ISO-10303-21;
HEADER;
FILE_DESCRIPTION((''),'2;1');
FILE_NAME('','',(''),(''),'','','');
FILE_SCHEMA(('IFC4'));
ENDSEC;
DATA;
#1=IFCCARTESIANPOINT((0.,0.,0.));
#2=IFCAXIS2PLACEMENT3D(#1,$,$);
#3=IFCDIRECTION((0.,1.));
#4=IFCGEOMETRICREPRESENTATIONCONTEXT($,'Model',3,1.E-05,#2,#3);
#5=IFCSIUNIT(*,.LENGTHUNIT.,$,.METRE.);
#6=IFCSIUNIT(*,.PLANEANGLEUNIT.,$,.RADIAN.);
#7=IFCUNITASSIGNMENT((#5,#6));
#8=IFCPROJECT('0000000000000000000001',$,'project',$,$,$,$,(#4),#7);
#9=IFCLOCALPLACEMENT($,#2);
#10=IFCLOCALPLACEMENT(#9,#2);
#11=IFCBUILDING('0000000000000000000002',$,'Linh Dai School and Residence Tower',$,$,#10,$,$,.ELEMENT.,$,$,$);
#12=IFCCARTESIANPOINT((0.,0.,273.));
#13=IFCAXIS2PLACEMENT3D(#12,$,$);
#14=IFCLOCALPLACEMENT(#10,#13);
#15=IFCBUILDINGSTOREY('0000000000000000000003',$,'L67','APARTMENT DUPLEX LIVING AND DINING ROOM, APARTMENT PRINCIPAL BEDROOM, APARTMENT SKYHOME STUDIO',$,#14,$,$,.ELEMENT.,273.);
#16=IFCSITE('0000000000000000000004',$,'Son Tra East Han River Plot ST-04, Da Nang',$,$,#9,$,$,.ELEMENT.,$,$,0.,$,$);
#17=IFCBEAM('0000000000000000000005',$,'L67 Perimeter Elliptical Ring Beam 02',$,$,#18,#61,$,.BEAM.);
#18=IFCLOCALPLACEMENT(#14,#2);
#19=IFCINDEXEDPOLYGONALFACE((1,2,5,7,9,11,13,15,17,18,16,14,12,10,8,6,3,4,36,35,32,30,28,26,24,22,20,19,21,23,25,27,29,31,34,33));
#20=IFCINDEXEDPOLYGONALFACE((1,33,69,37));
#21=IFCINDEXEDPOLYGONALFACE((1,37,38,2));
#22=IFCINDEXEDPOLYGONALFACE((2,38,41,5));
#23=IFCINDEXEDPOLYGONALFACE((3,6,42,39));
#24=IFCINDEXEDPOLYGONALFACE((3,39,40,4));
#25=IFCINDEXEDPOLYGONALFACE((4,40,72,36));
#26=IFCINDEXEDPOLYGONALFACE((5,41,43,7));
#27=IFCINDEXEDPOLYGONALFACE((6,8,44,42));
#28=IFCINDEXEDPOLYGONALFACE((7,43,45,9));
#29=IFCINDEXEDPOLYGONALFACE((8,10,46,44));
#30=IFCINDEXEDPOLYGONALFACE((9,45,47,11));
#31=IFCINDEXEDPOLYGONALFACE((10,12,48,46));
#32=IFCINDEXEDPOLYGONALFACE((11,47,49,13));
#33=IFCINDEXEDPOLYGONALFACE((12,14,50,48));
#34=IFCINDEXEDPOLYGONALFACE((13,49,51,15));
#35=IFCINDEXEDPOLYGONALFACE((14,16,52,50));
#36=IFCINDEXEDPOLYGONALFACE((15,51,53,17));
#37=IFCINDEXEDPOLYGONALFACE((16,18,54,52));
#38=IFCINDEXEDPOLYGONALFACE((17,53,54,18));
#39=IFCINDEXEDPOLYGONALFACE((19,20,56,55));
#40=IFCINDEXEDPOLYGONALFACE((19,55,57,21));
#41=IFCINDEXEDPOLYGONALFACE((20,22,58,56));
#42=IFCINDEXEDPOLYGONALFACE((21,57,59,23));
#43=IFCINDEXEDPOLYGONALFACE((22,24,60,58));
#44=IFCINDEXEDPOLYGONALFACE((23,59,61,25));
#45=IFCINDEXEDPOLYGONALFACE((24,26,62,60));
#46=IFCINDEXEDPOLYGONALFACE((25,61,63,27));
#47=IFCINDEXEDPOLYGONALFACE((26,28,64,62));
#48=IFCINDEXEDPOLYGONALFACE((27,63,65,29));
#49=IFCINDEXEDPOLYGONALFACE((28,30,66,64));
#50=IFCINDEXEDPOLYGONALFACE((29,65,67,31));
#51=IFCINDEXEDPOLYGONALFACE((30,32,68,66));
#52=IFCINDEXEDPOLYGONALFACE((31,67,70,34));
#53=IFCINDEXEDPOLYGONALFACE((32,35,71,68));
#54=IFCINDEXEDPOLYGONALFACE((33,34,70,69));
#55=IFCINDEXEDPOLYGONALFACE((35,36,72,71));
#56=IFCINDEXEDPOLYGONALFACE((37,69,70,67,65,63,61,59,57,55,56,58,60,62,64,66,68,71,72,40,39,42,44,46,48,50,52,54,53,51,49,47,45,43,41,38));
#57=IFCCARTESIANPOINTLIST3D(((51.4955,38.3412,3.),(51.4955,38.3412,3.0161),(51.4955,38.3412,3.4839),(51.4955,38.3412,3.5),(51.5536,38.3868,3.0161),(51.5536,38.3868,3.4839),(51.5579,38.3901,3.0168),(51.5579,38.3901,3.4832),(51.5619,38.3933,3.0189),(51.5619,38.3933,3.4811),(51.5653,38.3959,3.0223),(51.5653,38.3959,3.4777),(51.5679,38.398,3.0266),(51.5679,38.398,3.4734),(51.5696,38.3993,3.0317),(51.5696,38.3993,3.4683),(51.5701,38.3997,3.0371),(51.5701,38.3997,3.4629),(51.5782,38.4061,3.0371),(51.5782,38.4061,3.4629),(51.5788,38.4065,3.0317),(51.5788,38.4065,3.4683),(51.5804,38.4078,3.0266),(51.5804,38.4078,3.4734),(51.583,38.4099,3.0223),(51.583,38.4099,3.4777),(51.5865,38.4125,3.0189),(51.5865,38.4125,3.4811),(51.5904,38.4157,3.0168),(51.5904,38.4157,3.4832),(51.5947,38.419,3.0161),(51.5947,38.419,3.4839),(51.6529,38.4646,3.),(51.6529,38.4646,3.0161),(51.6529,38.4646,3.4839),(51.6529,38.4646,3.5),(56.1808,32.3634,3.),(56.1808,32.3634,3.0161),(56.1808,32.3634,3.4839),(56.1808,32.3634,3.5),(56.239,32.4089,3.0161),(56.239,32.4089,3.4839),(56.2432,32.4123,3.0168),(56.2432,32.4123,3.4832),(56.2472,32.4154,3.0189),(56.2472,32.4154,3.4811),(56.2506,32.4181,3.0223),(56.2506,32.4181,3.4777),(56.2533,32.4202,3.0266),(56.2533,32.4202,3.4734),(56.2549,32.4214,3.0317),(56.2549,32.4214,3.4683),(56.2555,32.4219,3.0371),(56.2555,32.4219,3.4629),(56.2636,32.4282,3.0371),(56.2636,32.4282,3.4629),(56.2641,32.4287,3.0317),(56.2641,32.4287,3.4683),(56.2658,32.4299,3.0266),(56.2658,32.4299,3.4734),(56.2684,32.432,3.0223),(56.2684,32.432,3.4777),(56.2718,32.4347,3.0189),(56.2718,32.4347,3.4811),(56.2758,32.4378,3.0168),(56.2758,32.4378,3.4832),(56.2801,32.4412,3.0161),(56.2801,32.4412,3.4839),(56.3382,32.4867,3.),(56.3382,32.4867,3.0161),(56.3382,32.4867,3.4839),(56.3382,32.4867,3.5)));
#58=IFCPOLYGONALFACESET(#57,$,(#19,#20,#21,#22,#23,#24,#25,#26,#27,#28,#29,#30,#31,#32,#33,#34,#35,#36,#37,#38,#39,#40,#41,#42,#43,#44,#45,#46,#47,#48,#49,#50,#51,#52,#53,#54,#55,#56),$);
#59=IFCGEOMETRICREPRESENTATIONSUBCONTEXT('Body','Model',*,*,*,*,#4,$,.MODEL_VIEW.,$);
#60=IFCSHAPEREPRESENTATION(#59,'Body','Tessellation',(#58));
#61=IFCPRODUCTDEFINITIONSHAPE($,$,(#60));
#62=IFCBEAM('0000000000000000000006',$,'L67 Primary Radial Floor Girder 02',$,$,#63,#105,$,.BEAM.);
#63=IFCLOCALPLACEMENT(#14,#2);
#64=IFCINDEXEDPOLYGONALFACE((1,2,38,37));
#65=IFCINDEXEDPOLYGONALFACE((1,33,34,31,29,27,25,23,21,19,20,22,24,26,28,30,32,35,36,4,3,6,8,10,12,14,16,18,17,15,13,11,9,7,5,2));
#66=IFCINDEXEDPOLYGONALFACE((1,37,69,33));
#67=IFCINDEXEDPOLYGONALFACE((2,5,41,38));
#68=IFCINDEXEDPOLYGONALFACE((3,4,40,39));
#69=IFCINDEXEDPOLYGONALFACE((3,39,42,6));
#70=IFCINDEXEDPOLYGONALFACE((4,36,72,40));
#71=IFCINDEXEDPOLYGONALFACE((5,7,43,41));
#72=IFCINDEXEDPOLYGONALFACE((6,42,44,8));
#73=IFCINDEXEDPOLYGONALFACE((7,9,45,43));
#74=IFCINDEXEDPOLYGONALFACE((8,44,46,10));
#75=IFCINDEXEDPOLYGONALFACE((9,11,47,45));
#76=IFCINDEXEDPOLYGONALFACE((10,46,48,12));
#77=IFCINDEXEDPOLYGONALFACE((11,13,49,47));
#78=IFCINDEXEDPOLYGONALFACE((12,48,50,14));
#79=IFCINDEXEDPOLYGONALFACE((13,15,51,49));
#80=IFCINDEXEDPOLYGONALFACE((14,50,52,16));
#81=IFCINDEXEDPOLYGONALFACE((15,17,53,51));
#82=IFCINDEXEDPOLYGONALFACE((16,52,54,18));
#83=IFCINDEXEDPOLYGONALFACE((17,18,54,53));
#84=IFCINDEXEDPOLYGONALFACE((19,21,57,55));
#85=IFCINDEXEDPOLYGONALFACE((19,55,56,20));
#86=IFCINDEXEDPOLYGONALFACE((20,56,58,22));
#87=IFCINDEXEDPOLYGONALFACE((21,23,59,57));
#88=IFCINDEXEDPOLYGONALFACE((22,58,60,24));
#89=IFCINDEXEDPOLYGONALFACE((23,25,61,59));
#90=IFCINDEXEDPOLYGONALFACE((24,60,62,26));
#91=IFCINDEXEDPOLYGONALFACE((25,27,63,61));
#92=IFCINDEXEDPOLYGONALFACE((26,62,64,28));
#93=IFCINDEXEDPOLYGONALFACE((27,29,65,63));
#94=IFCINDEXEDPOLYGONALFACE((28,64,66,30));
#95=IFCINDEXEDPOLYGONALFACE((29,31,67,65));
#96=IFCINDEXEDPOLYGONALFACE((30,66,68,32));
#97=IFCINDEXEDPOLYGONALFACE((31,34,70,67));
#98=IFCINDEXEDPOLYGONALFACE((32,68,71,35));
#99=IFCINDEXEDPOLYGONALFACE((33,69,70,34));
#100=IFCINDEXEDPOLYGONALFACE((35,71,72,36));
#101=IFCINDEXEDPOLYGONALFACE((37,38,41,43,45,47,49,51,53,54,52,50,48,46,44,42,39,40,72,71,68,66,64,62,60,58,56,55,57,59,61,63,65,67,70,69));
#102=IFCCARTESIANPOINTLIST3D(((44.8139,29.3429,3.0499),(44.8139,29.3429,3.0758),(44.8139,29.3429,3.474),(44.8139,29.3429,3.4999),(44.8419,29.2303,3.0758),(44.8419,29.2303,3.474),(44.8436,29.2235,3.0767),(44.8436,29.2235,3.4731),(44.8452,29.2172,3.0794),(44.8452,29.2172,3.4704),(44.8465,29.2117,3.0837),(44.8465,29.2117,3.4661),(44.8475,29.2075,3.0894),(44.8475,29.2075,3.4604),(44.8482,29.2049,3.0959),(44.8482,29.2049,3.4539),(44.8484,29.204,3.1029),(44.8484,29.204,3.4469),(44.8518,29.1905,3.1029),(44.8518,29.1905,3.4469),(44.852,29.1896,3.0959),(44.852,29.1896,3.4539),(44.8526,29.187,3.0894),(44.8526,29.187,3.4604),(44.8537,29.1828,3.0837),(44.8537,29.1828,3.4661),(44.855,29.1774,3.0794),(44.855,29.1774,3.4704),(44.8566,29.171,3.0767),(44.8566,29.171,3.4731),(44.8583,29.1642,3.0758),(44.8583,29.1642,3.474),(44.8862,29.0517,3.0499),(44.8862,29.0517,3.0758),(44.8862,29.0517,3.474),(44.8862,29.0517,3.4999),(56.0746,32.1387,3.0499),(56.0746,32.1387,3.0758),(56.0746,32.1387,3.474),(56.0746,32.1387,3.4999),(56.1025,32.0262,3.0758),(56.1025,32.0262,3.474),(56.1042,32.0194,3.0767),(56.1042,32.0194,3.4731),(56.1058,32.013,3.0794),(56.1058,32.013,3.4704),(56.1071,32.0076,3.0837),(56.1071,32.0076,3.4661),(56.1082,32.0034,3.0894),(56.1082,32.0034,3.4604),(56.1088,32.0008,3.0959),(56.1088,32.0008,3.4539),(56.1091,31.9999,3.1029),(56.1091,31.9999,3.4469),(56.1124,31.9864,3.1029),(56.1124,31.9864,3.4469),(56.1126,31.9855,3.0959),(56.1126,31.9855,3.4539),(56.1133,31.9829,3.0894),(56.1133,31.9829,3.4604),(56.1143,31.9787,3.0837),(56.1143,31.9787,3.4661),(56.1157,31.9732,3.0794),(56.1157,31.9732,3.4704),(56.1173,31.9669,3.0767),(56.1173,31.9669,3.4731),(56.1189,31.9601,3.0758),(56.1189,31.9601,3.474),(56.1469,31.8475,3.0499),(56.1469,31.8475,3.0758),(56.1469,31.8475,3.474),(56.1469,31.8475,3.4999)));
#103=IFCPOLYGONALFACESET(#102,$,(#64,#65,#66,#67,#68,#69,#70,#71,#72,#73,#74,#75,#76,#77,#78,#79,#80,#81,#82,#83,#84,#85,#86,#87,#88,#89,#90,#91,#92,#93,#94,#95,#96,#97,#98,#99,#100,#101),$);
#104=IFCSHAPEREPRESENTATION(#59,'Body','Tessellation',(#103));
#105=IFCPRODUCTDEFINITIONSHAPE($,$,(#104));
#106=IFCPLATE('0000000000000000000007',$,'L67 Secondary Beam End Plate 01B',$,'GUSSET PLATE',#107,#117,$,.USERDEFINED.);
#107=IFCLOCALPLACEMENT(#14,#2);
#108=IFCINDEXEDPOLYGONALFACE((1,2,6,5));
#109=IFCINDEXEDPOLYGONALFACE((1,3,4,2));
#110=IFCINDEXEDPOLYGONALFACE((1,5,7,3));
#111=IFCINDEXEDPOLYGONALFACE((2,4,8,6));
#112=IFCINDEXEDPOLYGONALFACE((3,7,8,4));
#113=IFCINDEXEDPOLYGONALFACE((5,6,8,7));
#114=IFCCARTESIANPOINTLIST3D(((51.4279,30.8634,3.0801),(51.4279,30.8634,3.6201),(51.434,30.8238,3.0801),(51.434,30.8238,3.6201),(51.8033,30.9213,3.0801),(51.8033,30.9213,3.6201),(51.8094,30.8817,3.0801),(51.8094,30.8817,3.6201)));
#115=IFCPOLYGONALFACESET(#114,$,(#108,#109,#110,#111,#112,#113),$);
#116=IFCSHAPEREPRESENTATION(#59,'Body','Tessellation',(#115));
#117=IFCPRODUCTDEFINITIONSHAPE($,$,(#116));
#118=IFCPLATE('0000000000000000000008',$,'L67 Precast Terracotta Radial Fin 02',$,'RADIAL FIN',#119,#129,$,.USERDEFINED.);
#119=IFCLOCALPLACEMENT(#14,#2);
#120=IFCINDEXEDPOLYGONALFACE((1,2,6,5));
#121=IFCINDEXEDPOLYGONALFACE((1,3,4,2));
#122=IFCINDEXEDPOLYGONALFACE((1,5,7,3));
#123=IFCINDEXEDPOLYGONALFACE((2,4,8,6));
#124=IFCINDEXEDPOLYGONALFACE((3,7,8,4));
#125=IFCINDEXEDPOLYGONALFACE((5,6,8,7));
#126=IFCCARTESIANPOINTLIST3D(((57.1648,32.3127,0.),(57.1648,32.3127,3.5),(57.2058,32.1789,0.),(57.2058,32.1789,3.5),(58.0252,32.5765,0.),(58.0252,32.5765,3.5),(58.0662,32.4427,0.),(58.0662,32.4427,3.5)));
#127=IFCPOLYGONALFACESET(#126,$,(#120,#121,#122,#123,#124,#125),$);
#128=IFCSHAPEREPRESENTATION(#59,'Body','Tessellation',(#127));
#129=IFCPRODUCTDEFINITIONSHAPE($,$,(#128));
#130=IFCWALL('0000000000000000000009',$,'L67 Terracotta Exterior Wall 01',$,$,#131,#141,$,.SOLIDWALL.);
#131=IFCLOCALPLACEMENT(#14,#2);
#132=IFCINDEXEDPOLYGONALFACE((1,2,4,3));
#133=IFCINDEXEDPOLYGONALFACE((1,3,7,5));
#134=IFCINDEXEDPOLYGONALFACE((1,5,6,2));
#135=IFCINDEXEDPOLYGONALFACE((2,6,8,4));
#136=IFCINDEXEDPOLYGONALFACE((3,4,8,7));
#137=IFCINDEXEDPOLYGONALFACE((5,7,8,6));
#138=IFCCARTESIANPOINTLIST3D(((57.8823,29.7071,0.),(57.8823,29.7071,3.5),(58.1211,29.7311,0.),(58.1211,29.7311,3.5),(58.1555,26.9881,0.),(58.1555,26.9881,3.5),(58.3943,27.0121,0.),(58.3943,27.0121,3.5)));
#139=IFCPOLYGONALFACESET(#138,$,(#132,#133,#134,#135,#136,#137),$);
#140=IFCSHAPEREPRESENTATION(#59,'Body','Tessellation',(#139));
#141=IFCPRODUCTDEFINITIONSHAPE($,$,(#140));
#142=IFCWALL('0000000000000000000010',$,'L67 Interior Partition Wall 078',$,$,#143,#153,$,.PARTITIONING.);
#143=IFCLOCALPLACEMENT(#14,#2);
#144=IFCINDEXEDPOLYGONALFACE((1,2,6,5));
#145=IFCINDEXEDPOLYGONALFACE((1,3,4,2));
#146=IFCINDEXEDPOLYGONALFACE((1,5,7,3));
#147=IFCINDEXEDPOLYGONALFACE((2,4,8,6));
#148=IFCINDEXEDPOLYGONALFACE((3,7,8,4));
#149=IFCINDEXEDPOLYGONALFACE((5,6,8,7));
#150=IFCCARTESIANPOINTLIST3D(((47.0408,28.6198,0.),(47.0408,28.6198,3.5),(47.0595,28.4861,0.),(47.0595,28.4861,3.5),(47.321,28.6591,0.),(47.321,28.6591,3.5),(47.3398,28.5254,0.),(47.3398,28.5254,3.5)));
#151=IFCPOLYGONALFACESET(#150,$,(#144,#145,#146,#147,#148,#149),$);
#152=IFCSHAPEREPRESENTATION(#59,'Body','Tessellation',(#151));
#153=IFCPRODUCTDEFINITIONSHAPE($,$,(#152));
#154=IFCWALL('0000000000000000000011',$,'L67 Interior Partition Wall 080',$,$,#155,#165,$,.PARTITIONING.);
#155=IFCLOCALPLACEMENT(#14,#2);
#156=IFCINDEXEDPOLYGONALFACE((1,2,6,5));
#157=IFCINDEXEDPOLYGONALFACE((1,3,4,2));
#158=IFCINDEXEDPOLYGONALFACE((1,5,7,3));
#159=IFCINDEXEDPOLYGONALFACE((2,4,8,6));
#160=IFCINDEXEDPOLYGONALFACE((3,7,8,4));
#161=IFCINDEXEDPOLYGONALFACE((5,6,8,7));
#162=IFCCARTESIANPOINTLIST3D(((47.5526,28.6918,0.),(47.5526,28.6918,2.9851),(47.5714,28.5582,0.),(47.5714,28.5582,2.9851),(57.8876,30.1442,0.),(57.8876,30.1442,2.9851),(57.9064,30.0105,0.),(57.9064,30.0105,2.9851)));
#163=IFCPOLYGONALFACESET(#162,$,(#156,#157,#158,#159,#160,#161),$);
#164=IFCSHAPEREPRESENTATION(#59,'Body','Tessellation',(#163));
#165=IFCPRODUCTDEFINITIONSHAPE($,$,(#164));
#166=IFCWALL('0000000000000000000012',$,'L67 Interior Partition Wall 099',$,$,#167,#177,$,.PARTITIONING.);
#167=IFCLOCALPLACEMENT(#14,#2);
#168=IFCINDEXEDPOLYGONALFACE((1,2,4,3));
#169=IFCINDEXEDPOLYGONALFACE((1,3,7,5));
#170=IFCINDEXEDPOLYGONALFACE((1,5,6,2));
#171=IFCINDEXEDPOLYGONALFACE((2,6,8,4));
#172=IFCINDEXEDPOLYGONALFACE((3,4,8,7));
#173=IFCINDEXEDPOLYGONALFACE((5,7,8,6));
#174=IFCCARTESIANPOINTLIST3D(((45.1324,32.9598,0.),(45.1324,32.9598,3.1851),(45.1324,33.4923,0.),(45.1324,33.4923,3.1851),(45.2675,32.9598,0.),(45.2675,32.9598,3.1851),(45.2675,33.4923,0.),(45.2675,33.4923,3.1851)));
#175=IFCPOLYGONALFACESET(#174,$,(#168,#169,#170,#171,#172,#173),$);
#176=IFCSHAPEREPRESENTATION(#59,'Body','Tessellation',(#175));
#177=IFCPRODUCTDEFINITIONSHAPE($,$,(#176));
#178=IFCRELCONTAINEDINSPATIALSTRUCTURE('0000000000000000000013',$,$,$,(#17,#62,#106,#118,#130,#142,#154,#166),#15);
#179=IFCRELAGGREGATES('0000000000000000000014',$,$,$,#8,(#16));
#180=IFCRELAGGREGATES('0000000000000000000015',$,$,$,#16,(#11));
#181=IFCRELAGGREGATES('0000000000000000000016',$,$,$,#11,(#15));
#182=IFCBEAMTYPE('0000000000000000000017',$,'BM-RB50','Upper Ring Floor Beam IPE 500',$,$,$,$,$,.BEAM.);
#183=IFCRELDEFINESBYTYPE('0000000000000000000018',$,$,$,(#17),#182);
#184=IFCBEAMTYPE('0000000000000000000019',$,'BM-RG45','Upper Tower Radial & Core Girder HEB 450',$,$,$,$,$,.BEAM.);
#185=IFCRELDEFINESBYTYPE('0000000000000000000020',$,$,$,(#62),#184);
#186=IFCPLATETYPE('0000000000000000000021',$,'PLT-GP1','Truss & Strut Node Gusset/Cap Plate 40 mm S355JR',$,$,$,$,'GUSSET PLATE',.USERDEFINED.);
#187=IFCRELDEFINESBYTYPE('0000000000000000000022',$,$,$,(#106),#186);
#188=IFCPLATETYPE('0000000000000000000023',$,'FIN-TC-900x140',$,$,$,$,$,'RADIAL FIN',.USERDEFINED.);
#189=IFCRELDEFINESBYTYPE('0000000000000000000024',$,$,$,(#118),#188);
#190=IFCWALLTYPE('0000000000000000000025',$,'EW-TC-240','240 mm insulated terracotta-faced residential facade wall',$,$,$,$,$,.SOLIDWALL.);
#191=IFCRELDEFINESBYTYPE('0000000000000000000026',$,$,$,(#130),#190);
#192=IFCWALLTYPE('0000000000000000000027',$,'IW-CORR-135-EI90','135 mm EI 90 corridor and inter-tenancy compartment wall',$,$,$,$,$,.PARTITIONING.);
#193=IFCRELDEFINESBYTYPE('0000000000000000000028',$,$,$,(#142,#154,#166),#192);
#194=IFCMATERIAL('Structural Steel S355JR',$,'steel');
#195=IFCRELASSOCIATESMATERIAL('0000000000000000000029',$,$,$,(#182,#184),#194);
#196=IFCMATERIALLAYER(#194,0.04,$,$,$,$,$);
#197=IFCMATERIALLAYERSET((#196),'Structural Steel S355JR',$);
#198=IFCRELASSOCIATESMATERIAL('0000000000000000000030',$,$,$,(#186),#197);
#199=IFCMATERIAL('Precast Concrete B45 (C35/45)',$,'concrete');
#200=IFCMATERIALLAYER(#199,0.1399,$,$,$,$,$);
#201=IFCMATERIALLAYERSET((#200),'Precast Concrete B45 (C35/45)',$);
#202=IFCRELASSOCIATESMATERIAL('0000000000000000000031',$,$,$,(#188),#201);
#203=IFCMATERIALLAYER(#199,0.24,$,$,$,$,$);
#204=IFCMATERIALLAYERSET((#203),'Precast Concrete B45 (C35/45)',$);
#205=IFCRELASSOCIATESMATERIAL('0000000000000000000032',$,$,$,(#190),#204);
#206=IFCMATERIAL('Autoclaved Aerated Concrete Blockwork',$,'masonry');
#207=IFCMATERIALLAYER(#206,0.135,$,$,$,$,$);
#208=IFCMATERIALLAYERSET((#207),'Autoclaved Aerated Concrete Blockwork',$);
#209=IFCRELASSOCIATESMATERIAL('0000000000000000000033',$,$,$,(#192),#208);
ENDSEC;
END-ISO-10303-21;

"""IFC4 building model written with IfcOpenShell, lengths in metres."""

from ifc_helpers import new_model, si_unit, direction, frame, frame_2d, origin, origin_2d, place, context, subcontext, project, spatial, rectangle, i_section, extrude, source, transform, mapped, material, layer, layer_set, material_profile, profile_set, type_object, element, save


model = new_model("IFC4")

# Units and contexts
model_context = context("Model", 3, precision=1e-05, world=origin(), true_north=direction((0.0, 1.0)))
body_context = subcontext(model_context, "Body", "Model", "MODEL_VIEW")
ifc_project = project(units=[si_unit("LENGTHUNIT", "METRE"), si_unit("PLANEANGLEUNIT", "RADIAN")], contexts=[model_context])

# Site, building, storey
site_placement = place(None, origin())
site = spatial("IfcSite", under=ifc_project, at=site_placement, Name="Son Tra East Han River Plot ST-04, Da Nang", CompositionType="ELEMENT", RefElevation=0.0)
building_placement = place(site_placement, origin())
building = spatial("IfcBuilding", under=site, at=building_placement, Name="Linh Dai School and Residence Tower", CompositionType="ELEMENT")
storey_placement = place(building_placement, frame((0.0, 0.0, 273.0)))
storey = spatial("IfcBuildingStorey", under=building, at=storey_placement, Name="L67", Description="APARTMENT DUPLEX LIVING AND DINING ROOM, APARTMENT PRINCIPAL BEDROOM, APARTMENT SKYHOME STUDIO", CompositionType="ELEMENT", Elevation=273.0)

# Shared definitions
ifc_material_1 = material(Name="Structural Steel S355JR", Category="steel")

# Beams
ifc_material_profile_1 = material_profile(ifc_material_1, i_section(OverallWidth=0.2, OverallDepth=0.5, WebThickness=0.0103, FlangeThickness=0.0161, FilletRadius=0.021, at=origin_2d()), Name="IPE 500")
ifc_profile_set_1 = profile_set([ifc_material_profile_1], Name="Structural Steel S355JR")
beam_type_1 = type_object("IfcBeamType", Name="BM-RB50", Description="Upper Ring Floor Beam IPE 500", PredefinedType="BEAM", material=ifc_profile_set_1)
beam_1_placement = place(storey_placement, frame((56.2595, 32.425, 3.25), z_axis=(-0.616883, 0.787055, 0.0), x_axis=(-0.787055, -0.616883, 0.0)))
element("IfcBeam", 1, at=beam_1_placement, inside=storey, type_object=beam_type_1, Name="L67 Perimeter Elliptical Ring Beam 02", PredefinedType="BEAM", context=body_context, shape_type="SweptSolid", body=[
    extrude(i_section(OverallWidth=0.2, OverallDepth=0.5, WebThickness=0.0103, FlangeThickness=0.0161, FilletRadius=0.021, at=origin_2d()), origin(), (0.0, 0.0, 1.0), 7.5952),
])
ifc_material_profile_2 = material_profile(ifc_material_1, i_section(OverallWidth=0.3, OverallDepth=0.45, WebThickness=0.0139, FlangeThickness=0.0259, FilletRadius=0.0271, at=origin_2d()), Name="HEB 450")
ifc_profile_set_2 = profile_set([ifc_material_profile_2], Name="Structural Steel S355JR")
beam_type_2 = type_object("IfcBeamType", Name="BM-RG45", Description="Upper Tower Radial & Core Girder HEB 450", PredefinedType="BEAM", material=ifc_profile_set_2)
beam_2_placement = place(storey_placement, frame((44.8501, 29.1973, 3.2749), z_axis=(0.970532, 0.240971, 0.0), x_axis=(-0.240971, 0.970532, 0.0)))
element("IfcBeam", 2, at=beam_2_placement, inside=storey, type_object=beam_type_2, Name="L67 Primary Radial Floor Girder 02", PredefinedType="BEAM", context=body_context, shape_type="SweptSolid", body=[
    extrude(i_section(OverallWidth=0.3, OverallDepth=0.45, WebThickness=0.0139, FlangeThickness=0.0259, FilletRadius=0.0271, at=origin_2d()), origin(), (0.0, 0.0, 1.0), 11.6025),
])

# Plates
ifc_layer_1 = layer(ifc_material_1, 0.04)
ifc_layer_set_1 = layer_set([ifc_layer_1], Name="Structural Steel S355JR")
plate_type_1 = type_object("IfcPlateType", Name="PLT-GP1", Description="Truss & Strut Node Gusset/Cap Plate 40 mm S355JR", ElementType="GUSSET PLATE", PredefinedType="USERDEFINED", material=ifc_layer_set_1)
shared_shape_1 = source(origin(), body_context, "Body", "SweptSolid", [
    extrude(rectangle(XDim=0.04, YDim=0.3799, at=origin_2d()), origin(), (0.0, 0.0, 1.0), 0.54),
])
plate_1_placement = place(storey_placement, frame((51.6187, 30.8726, 3.0801), z_axis=(0.0, 0.0, 1.0), x_axis=(-0.152474, 0.988308, 0.0)))
element("IfcPlate", 3, at=plate_1_placement, inside=storey, type_object=plate_type_1, Name="L67 Secondary Beam End Plate 01B", ObjectType="GUSSET PLATE", PredefinedType="USERDEFINED", context=body_context, shape_type="MappedRepresentation", body=[
    mapped(shared_shape_1, transform((0.0, 0.0, 0.0), x_axis=(1.0, 0.0, 0.0), y_axis=(0.0, 1.0, 0.0), z_axis=(0.0, 0.0, 1.0), scale=1.0)),
])
ifc_material_2 = material(Name="Precast Concrete B45 (C35/45)", Category="concrete")
ifc_layer_2 = layer(ifc_material_2, 0.1399)
ifc_layer_set_2 = layer_set([ifc_layer_2], Name="Precast Concrete B45 (C35/45)")
plate_type_2 = type_object("IfcPlateType", Name="FIN-TC-900x140", ElementType="RADIAL FIN", PredefinedType="USERDEFINED", material=ifc_layer_set_2)
shared_shape_2 = source(origin(), body_context, "Body", "SweptSolid", [
    extrude(rectangle(XDim=0.8999, YDim=0.1399, at=origin_2d()), origin(), (0.0, 0.0, 1.0), 3.5),
])
plate_2_placement = place(storey_placement, frame((57.6155, 32.3777, 0.0), z_axis=(0.0, 0.0, 1.0), x_axis=(0.956069, 0.293141, 0.0)))
element("IfcPlate", 4, at=plate_2_placement, inside=storey, type_object=plate_type_2, Name="L67 Precast Terracotta Radial Fin 02", ObjectType="RADIAL FIN", PredefinedType="USERDEFINED", context=body_context, shape_type="MappedRepresentation", body=[
    mapped(shared_shape_2, transform((0.0, 0.0, 0.0), x_axis=(1.0, 0.0, 0.0), y_axis=(0.0, 1.0, 0.0), z_axis=(0.0, 0.0, 1.0), scale=1.0)),
])

# Wall
ifc_layer_3 = layer(ifc_material_2, 0.24)
ifc_layer_set_3 = layer_set([ifc_layer_3], Name="Precast Concrete B45 (C35/45)")
wall_type_1 = type_object("IfcWallType", Name="EW-TC-240", Description="240 mm insulated terracotta-faced residential facade wall", PredefinedType="SOLIDWALL", material=ifc_layer_set_3)
wall_1_placement = place(storey_placement, frame((58.0017, 29.719, 0.0), z_axis=(0.0, 0.0, 1.0), x_axis=(0.099973, -0.99499, 0.0)))
element("IfcWall", 5, at=wall_1_placement, inside=storey, type_object=wall_type_1, Name="L67 Terracotta Exterior Wall 01", PredefinedType="SOLIDWALL", context=body_context, shape_type="SweptSolid", body=[
    extrude(rectangle(XDim=2.7327, YDim=0.24, at=frame_2d((1.3662, 0.0))), origin(), (0.0, 0.0, 1.0), 3.5),
])

# Walls
ifc_material_3 = material(Name="Autoclaved Aerated Concrete Blockwork", Category="masonry")
ifc_layer_4 = layer(ifc_material_3, 0.135)
ifc_layer_set_4 = layer_set([ifc_layer_4], Name="Autoclaved Aerated Concrete Blockwork")
wall_type_2 = type_object("IfcWallType", Name="IW-CORR-135-EI90", Description="135 mm EI 90 corridor and inter-tenancy compartment wall", PredefinedType="PARTITIONING", material=ifc_layer_set_4)
wall_2_placement = place(storey_placement, frame((47.05, 28.553, 0.0), z_axis=(0.0, 0.0, 1.0), x_axis=(0.990309, 0.138885, 0.0)))
element("IfcWall", 6, at=wall_2_placement, inside=storey, type_object=wall_type_2, Name="L67 Interior Partition Wall 078", PredefinedType="PARTITIONING", context=body_context, shape_type="SweptSolid", body=[
    extrude(rectangle(XDim=0.283, YDim=0.135, at=frame_2d((0.1416, 0.0))), origin(), (0.0, 0.0, 1.0), 3.5),
])
wall_3_placement = place(storey_placement, frame((47.562, 28.625, 0.0), z_axis=(0.0, 0.0, 1.0), x_axis=(0.990269, 0.139165, 0.0)))
element("IfcWall", 7, at=wall_3_placement, inside=storey, type_object=wall_type_2, Name="L67 Interior Partition Wall 080", PredefinedType="PARTITIONING", context=body_context, shape_type="SweptSolid", body=[
    extrude(rectangle(XDim=10.4365, YDim=0.135, at=frame_2d((5.2183, 0.0))), origin(), (0.0, 0.0, 1.0), 2.9851),
])
wall_4_placement = place(storey_placement, frame((45.2, 32.96, 0.0), z_axis=(0.0, 0.0, 1.0), x_axis=(0.0, 1.0, 0.0)))
element("IfcWall", 8, at=wall_4_placement, inside=storey, type_object=wall_type_2, Name="L67 Interior Partition Wall 099", PredefinedType="PARTITIONING", context=body_context, shape_type="SweptSolid", body=[
    extrude(rectangle(XDim=0.5325, YDim=0.135, at=frame_2d((0.2661, 0.0))), origin(), (0.0, 0.0, 1.0), 3.1851),
])

save(model, "model.ifc")
